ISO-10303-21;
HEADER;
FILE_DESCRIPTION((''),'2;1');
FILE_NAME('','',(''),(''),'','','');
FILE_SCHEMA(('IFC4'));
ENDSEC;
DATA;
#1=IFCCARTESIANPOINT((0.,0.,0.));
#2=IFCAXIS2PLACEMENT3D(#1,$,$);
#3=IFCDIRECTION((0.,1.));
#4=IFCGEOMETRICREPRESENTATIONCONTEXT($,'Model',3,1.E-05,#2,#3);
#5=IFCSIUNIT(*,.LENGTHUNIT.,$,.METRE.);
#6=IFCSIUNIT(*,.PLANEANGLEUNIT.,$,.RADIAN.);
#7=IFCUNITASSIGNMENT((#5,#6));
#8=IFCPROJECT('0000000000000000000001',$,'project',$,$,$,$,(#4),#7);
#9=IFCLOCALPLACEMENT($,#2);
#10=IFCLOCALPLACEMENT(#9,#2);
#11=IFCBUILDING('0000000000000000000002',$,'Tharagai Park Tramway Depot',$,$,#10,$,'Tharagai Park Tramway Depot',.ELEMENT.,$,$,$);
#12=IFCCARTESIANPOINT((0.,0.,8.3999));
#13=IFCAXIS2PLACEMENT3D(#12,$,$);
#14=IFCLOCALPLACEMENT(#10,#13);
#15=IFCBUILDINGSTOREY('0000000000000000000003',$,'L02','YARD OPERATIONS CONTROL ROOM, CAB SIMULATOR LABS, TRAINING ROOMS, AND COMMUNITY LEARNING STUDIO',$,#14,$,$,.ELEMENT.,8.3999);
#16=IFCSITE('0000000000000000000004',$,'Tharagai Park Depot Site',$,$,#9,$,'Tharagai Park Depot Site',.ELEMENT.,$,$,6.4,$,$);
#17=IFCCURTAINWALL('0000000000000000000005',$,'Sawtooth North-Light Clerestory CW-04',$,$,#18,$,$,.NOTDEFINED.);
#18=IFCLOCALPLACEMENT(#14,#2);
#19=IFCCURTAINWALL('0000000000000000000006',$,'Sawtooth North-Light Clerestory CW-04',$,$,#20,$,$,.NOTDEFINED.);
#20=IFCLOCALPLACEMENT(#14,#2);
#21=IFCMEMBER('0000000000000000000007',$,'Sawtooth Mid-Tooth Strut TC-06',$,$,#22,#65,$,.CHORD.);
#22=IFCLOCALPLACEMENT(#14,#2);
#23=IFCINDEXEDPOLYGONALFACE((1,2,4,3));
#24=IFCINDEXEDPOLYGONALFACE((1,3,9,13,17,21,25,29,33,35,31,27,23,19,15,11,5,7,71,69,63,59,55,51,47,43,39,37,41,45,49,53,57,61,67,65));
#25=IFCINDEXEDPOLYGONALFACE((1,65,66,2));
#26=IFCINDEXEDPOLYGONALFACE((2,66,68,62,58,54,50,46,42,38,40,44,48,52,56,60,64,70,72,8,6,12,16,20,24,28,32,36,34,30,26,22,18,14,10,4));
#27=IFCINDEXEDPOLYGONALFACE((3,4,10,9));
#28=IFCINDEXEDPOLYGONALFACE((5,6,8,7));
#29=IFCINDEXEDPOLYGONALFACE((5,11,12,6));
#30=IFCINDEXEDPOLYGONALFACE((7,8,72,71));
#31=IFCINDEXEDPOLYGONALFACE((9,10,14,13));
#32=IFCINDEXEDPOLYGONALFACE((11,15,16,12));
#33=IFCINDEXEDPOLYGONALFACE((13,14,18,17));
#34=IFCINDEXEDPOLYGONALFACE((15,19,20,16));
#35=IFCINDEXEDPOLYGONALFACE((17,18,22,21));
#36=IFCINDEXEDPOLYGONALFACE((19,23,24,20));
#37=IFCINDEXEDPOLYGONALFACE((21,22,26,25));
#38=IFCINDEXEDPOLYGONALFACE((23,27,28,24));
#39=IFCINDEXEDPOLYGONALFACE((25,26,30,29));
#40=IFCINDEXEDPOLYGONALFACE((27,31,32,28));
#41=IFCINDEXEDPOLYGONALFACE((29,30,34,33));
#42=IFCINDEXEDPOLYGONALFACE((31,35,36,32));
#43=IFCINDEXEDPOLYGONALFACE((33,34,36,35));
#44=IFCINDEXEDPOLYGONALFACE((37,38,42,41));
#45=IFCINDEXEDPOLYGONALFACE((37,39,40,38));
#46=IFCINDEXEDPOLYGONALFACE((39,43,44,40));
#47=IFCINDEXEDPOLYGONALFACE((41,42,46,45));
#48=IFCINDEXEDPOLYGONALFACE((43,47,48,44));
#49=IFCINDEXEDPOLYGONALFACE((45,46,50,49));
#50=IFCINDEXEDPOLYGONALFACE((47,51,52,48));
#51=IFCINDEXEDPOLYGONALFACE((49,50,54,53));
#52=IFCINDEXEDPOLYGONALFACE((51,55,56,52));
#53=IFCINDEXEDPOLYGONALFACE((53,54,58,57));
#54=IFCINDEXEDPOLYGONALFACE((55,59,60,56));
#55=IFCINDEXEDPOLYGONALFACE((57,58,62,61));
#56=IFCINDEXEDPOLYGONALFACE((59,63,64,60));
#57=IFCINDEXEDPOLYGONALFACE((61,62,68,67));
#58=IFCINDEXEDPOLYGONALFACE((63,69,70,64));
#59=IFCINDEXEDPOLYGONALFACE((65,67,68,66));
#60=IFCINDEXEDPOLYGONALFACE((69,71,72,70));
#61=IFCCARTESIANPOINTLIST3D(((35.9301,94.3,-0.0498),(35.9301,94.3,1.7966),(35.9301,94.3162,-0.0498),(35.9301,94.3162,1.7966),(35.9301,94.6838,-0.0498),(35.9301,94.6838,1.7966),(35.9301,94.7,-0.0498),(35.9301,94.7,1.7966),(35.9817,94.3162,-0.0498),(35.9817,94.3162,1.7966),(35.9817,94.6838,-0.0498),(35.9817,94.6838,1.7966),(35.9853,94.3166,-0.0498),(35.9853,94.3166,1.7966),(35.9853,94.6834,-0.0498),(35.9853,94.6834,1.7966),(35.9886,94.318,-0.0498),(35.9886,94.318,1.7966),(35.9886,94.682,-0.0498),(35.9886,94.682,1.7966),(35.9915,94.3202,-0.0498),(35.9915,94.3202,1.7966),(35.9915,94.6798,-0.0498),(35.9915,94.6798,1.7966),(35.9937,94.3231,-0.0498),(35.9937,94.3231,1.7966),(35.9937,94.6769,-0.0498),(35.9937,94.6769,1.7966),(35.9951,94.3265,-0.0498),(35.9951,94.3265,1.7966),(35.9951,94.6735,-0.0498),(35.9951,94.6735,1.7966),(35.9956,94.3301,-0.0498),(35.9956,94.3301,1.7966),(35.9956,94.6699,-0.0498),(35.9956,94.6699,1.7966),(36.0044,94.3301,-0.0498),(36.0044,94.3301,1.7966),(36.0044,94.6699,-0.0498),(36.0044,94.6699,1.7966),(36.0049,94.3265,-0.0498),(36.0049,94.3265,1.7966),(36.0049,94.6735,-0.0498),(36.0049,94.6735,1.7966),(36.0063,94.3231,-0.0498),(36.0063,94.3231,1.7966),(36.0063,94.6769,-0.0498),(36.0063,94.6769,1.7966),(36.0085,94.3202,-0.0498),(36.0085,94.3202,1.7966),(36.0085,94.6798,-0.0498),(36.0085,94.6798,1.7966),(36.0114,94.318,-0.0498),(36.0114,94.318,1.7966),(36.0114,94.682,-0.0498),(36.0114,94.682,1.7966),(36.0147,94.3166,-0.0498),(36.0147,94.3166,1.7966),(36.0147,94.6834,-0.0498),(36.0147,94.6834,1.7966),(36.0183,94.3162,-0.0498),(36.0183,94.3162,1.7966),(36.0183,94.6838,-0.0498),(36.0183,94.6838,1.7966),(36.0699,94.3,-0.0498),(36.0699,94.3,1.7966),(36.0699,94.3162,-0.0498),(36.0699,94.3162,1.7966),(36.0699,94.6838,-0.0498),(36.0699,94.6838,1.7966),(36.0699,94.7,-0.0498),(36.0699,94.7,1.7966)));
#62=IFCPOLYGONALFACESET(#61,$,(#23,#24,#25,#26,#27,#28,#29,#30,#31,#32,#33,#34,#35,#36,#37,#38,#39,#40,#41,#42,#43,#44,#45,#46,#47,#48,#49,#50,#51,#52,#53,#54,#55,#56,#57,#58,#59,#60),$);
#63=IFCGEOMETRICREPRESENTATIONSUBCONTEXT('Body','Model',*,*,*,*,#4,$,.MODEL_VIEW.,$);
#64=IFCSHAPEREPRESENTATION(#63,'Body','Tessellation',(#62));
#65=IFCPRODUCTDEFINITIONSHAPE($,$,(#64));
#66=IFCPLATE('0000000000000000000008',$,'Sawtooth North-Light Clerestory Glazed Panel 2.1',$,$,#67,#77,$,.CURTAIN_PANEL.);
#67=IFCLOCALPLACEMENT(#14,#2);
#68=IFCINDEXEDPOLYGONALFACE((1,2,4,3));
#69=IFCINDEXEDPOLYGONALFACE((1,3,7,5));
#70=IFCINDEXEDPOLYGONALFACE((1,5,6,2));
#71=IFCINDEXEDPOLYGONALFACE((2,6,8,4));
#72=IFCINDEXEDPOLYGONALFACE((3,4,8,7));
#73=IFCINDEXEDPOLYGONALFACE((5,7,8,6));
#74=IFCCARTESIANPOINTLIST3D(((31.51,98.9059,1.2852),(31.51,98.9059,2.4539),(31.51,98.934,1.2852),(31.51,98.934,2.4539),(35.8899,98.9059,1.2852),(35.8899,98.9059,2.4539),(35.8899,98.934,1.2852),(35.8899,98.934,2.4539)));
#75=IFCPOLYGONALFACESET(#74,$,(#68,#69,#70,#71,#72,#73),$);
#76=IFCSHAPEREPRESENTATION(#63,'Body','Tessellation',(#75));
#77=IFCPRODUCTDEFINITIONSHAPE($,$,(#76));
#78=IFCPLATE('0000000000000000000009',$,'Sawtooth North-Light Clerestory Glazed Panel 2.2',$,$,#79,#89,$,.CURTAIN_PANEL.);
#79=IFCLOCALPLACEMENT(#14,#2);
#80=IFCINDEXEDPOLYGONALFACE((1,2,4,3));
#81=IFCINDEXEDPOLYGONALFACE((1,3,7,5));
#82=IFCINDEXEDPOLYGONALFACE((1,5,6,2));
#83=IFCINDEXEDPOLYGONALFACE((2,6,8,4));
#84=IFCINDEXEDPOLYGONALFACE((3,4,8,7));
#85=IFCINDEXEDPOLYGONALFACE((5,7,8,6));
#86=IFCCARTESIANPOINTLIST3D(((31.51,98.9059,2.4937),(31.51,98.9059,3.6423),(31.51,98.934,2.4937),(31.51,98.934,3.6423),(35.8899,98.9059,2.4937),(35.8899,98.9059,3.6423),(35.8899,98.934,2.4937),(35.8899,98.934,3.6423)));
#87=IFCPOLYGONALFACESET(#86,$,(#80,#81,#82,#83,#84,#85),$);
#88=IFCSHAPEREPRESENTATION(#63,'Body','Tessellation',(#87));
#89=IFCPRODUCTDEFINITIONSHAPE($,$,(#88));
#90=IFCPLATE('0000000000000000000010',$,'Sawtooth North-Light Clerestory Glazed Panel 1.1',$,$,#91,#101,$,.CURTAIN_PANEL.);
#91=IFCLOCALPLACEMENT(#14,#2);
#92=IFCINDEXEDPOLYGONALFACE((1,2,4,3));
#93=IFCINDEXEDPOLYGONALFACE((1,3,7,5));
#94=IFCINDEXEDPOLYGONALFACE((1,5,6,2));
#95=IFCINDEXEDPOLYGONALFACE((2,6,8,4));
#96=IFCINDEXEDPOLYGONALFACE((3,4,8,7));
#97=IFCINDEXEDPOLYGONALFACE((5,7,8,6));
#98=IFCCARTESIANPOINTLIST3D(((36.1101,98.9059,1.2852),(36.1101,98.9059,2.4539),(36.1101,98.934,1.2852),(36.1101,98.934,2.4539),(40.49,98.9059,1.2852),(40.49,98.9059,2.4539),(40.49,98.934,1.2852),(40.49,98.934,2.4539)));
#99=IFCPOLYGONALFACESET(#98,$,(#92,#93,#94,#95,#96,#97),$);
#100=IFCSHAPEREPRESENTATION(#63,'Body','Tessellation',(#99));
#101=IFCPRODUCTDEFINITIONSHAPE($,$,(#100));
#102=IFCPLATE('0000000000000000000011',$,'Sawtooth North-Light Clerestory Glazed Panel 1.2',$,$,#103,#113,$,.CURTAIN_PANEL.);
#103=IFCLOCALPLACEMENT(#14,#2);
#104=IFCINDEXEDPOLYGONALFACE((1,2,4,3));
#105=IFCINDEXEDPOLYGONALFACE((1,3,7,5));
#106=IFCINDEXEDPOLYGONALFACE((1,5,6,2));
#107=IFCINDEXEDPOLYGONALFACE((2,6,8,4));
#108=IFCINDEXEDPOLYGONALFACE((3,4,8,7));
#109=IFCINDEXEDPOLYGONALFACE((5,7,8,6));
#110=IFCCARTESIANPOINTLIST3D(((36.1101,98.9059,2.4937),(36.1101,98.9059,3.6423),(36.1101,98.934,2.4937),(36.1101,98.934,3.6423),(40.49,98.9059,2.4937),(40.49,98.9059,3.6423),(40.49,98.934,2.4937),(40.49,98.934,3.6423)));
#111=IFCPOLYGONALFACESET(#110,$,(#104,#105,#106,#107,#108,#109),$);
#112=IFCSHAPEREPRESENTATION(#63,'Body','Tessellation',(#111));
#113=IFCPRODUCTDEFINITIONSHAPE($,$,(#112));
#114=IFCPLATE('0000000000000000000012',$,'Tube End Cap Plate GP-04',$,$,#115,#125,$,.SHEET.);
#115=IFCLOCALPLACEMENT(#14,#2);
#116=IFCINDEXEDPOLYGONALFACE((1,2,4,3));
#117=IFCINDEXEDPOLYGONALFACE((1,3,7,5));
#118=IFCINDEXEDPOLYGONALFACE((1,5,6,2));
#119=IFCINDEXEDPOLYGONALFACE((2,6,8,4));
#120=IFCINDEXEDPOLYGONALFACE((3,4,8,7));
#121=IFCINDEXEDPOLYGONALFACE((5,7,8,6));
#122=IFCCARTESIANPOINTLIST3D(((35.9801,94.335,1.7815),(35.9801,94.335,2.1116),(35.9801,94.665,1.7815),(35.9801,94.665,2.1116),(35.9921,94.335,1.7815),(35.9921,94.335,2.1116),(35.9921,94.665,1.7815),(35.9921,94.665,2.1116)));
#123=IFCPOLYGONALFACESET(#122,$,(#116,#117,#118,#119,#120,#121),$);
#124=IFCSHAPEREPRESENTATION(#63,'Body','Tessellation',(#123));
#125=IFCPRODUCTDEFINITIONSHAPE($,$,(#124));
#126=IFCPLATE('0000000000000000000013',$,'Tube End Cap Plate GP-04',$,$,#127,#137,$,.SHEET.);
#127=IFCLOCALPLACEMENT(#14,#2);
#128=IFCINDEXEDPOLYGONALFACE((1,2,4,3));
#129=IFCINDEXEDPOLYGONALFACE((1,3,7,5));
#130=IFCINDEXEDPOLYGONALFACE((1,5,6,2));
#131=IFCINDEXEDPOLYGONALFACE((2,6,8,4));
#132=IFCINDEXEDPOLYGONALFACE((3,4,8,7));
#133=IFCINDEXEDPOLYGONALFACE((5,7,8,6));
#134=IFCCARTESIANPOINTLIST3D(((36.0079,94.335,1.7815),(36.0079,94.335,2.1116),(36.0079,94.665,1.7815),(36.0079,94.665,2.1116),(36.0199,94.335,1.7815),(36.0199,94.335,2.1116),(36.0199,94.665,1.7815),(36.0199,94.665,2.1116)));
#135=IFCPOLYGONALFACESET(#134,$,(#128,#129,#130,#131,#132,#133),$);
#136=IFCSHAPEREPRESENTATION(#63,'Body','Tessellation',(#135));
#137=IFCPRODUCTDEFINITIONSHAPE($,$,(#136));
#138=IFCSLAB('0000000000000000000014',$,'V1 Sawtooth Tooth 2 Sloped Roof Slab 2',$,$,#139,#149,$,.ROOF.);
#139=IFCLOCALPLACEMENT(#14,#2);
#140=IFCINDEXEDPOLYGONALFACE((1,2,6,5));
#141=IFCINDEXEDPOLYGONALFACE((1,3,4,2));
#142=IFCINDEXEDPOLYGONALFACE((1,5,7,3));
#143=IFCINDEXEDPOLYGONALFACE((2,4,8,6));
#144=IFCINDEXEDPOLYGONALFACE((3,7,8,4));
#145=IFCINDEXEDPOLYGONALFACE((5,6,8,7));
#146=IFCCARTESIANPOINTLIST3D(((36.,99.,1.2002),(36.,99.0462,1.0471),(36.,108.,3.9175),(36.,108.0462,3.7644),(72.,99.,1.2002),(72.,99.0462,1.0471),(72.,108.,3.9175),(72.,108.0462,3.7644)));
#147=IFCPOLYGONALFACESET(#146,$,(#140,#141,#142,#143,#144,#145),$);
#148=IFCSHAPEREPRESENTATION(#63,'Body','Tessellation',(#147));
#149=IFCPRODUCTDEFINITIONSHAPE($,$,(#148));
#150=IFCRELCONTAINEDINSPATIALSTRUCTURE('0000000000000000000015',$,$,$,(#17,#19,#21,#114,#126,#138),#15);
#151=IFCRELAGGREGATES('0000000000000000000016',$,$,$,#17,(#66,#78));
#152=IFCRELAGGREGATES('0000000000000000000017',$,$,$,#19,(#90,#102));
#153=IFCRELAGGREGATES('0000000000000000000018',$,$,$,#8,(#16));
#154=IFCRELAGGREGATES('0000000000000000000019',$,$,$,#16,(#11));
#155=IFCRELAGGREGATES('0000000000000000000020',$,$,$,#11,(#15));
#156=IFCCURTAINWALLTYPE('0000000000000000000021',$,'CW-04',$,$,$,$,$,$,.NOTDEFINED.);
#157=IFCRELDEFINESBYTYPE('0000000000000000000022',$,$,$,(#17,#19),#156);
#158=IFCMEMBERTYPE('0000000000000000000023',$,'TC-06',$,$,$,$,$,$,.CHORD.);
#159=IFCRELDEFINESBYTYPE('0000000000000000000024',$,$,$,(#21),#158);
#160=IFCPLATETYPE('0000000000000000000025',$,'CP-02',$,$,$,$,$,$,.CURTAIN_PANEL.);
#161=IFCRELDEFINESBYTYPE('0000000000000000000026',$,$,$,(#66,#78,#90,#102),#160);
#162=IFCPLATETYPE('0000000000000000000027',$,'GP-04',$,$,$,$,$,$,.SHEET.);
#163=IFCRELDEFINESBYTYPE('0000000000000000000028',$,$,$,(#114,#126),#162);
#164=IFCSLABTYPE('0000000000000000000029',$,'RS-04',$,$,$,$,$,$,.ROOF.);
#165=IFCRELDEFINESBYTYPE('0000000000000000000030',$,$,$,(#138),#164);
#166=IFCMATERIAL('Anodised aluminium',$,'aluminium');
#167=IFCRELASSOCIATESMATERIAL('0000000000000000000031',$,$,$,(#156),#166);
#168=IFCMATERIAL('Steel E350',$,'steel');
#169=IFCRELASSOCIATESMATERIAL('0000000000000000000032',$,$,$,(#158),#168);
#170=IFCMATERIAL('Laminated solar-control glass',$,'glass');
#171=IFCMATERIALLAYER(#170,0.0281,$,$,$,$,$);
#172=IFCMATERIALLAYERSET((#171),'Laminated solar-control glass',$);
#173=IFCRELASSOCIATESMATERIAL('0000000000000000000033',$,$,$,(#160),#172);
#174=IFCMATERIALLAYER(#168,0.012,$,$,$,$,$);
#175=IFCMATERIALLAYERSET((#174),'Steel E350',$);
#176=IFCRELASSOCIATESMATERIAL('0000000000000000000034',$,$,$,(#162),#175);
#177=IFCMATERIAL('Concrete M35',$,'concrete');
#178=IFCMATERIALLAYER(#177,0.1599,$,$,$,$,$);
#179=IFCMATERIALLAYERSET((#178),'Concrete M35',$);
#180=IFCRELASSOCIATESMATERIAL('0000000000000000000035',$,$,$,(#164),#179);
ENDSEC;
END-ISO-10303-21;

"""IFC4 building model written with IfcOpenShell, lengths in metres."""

from ifc_helpers import new_model, si_unit, direction, frame, origin, origin_2d, place, context, subcontext, project, spatial, polyline, rectangle, i_section, outline, extrude, material, layer, layer_set, material_profile, profile_set, type_object, element, aggregate, save


model = new_model("IFC4")

# Units and contexts
model_context = context("Model", 3, precision=1e-05, world=origin(), true_north=direction((0.0, 1.0)))
body_context = subcontext(model_context, "Body", "Model", "MODEL_VIEW")
ifc_project = project(units=[si_unit("LENGTHUNIT", "METRE"), si_unit("PLANEANGLEUNIT", "RADIAN")], contexts=[model_context])

# Site, building, storey
site_placement = place(None, origin())
site = spatial("IfcSite", under=ifc_project, at=site_placement, Name="Tharagai Park Depot Site", LongName="Tharagai Park Depot Site", CompositionType="ELEMENT", RefElevation=6.4)
building_placement = place(site_placement, origin())
building = spatial("IfcBuilding", under=site, at=building_placement, Name="Tharagai Park Tramway Depot", LongName="Tharagai Park Tramway Depot", CompositionType="ELEMENT")
storey_placement = place(building_placement, frame((0.0, 0.0, 8.3999)))
storey = spatial("IfcBuildingStorey", under=building, at=storey_placement, Name="L02", Description="YARD OPERATIONS CONTROL ROOM, CAB SIMULATOR LABS, TRAINING ROOMS, AND COMMUNITY LEARNING STUDIO", CompositionType="ELEMENT", Elevation=8.3999)

# Shared definitions
ifc_material_1 = material(Name="Steel E350", Category="steel")

# Curtain wall
ifc_material_2 = material(Name="Anodised aluminium", Category="aluminium")
curtain_wall_type = type_object("IfcCurtainWallType", Name="CW-04", PredefinedType="NOTDEFINED", material=ifc_material_2)
curtain_wall_1_placement = place(storey_placement, origin())
curtain_wall_1 = element("IfcCurtainWall", 1, at=curtain_wall_1_placement, inside=storey, type_object=curtain_wall_type, Name="Sawtooth North-Light Clerestory CW-04", PredefinedType="NOTDEFINED")

# Curtain wall
curtain_wall_2_placement = place(storey_placement, origin())
curtain_wall_2 = element("IfcCurtainWall", 2, at=curtain_wall_2_placement, inside=storey, type_object=curtain_wall_type, Name="Sawtooth North-Light Clerestory CW-04", PredefinedType="NOTDEFINED")

# Member
ifc_material_profile_1 = material_profile(ifc_material_1, i_section(OverallWidth=0.1399, OverallDepth=0.3999, WebThickness=0.0088, FlangeThickness=0.0161, FilletRadius=0.0139, at=origin_2d()), Name="ISMB 400")
ifc_profile_set_1 = profile_set([ifc_material_profile_1], Name="Steel E350")
member_type_1 = type_object("IfcMemberType", Name="TC-06", PredefinedType="CHORD", material=ifc_profile_set_1)
member_1_placement = place(storey_placement, frame((36.0, 94.5, -0.0498), z_axis=(0.0, 0.0, 1.0), x_axis=(1.0, 0.0, 0.0)))
element("IfcMember", 3, at=member_1_placement, inside=storey, type_object=member_type_1, Name="Sawtooth Mid-Tooth Strut TC-06", PredefinedType="CHORD", context=body_context, shape_type="SweptSolid", body=[
    extrude(i_section(OverallWidth=0.1399, OverallDepth=0.3999, WebThickness=0.0088, FlangeThickness=0.0161, FilletRadius=0.0139, at=origin_2d()), origin(), (0.0, 0.0, 1.0), 1.8464),
])

# Plates
ifc_material_3 = material(Name="Laminated solar-control glass", Category="glass")
ifc_layer_1 = layer(ifc_material_3, 0.0281)
ifc_layer_set_1 = layer_set([ifc_layer_1], Name="Laminated solar-control glass")
plate_type_1 = type_object("IfcPlateType", Name="CP-02", PredefinedType="CURTAIN_PANEL", material=ifc_layer_set_1)
plate_1_placement = place(storey_placement, frame((33.7, 98.9199, 1.2852), z_axis=(0.0, 0.0, 1.0), x_axis=(1.0, 0.0, 0.0)))
plate_1 = element("IfcPlate", 4, at=plate_1_placement, type_object=plate_type_1, Name="Sawtooth North-Light Clerestory Glazed Panel 2.1", PredefinedType="CURTAIN_PANEL", context=body_context, shape_type="SweptSolid", body=[
    extrude(rectangle(XDim=4.3799, YDim=0.0281, at=origin_2d()), origin(), (0.0, 0.0, 1.0), 1.1687),
])
plate_2_placement = place(storey_placement, frame((33.7, 98.9199, 2.4937), z_axis=(0.0, 0.0, 1.0), x_axis=(1.0, 0.0, 0.0)))
plate_2 = element("IfcPlate", 5, at=plate_2_placement, type_object=plate_type_1, Name="Sawtooth North-Light Clerestory Glazed Panel 2.2", PredefinedType="CURTAIN_PANEL", context=body_context, shape_type="SweptSolid", body=[
    extrude(rectangle(XDim=4.3799, YDim=0.0281, at=origin_2d()), origin(), (0.0, 0.0, 1.0), 1.1487),
])
aggregate(curtain_wall_1, [plate_1, plate_2])
plate_3_placement = place(storey_placement, frame((38.3, 98.9199, 1.2852), z_axis=(0.0, 0.0, 1.0), x_axis=(1.0, 0.0, 0.0)))
plate_3 = element("IfcPlate", 6, at=plate_3_placement, type_object=plate_type_1, Name="Sawtooth North-Light Clerestory Glazed Panel 1.1", PredefinedType="CURTAIN_PANEL", context=body_context, shape_type="SweptSolid", body=[
    extrude(rectangle(XDim=4.3799, YDim=0.0281, at=origin_2d()), origin(), (0.0, 0.0, 1.0), 1.1687),
])
plate_4_placement = place(storey_placement, frame((38.3, 98.9199, 2.4937), z_axis=(0.0, 0.0, 1.0), x_axis=(1.0, 0.0, 0.0)))
plate_4 = element("IfcPlate", 7, at=plate_4_placement, type_object=plate_type_1, Name="Sawtooth North-Light Clerestory Glazed Panel 1.2", PredefinedType="CURTAIN_PANEL", context=body_context, shape_type="SweptSolid", body=[
    extrude(rectangle(XDim=4.3799, YDim=0.0281, at=origin_2d()), origin(), (0.0, 0.0, 1.0), 1.1487),
])
aggregate(curtain_wall_2, [plate_3, plate_4])

# Plates
ifc_layer_2 = layer(ifc_material_1, 0.012)
ifc_layer_set_2 = layer_set([ifc_layer_2], Name="Steel E350")
plate_type_2 = type_object("IfcPlateType", Name="GP-04", PredefinedType="SHEET", material=ifc_layer_set_2)
for number, where, z_axis, x_axis, name in (
    (8, (35.9861, 94.5, 1.7815), (0.0, 0.0, 1.0), (1.0, 0.0, 0.0), "Tube End Cap Plate GP-04"),
    (9, (36.0139, 94.5, 1.7815), (0.0, 0.0, 1.0), (1.0, 0.0, 0.0), "Tube End Cap Plate GP-04"),
):
    element("IfcPlate", number, at=place(storey_placement, frame(where, z_axis=z_axis, x_axis=x_axis)), inside=storey, type_object=plate_type_2, Name=name, PredefinedType="SHEET", context=body_context, shape_type="SweptSolid", body=[
        extrude(rectangle(XDim=0.012, YDim=0.3301, at=origin_2d()), origin(), (0.0, 0.0, 1.0), 0.3301),
    ])

# Slab
ifc_material_4 = material(Name="Concrete M35", Category="concrete")
ifc_layer_3 = layer(ifc_material_4, 0.1599)
ifc_layer_set_3 = layer_set([ifc_layer_3], Name="Concrete M35")
slab_type = type_object("IfcSlabType", Name="RS-04", PredefinedType="ROOF", material=ifc_layer_set_3)
slab_placement = place(storey_placement, frame((36.0, 99.0, 1.2002), z_axis=(0.0, -0.289034, 0.957319), x_axis=(1.0, 0.0, 0.0)))
element("IfcSlab", 10, at=slab_placement, inside=storey, type_object=slab_type, Name="V1 Sawtooth Tooth 2 Sloped Roof Slab 2", PredefinedType="ROOF", context=body_context, shape_type="SweptSolid", body=[
    extrude(outline(polyline([(0.0, 0.0), (36.0, 0.0), (36.0, 9.4013), (0.0, 9.4013), (0.0, 0.0)])), origin(), (0.0, 0.0, -1.0), 0.1599),
])

save(model, "model.ifc")
